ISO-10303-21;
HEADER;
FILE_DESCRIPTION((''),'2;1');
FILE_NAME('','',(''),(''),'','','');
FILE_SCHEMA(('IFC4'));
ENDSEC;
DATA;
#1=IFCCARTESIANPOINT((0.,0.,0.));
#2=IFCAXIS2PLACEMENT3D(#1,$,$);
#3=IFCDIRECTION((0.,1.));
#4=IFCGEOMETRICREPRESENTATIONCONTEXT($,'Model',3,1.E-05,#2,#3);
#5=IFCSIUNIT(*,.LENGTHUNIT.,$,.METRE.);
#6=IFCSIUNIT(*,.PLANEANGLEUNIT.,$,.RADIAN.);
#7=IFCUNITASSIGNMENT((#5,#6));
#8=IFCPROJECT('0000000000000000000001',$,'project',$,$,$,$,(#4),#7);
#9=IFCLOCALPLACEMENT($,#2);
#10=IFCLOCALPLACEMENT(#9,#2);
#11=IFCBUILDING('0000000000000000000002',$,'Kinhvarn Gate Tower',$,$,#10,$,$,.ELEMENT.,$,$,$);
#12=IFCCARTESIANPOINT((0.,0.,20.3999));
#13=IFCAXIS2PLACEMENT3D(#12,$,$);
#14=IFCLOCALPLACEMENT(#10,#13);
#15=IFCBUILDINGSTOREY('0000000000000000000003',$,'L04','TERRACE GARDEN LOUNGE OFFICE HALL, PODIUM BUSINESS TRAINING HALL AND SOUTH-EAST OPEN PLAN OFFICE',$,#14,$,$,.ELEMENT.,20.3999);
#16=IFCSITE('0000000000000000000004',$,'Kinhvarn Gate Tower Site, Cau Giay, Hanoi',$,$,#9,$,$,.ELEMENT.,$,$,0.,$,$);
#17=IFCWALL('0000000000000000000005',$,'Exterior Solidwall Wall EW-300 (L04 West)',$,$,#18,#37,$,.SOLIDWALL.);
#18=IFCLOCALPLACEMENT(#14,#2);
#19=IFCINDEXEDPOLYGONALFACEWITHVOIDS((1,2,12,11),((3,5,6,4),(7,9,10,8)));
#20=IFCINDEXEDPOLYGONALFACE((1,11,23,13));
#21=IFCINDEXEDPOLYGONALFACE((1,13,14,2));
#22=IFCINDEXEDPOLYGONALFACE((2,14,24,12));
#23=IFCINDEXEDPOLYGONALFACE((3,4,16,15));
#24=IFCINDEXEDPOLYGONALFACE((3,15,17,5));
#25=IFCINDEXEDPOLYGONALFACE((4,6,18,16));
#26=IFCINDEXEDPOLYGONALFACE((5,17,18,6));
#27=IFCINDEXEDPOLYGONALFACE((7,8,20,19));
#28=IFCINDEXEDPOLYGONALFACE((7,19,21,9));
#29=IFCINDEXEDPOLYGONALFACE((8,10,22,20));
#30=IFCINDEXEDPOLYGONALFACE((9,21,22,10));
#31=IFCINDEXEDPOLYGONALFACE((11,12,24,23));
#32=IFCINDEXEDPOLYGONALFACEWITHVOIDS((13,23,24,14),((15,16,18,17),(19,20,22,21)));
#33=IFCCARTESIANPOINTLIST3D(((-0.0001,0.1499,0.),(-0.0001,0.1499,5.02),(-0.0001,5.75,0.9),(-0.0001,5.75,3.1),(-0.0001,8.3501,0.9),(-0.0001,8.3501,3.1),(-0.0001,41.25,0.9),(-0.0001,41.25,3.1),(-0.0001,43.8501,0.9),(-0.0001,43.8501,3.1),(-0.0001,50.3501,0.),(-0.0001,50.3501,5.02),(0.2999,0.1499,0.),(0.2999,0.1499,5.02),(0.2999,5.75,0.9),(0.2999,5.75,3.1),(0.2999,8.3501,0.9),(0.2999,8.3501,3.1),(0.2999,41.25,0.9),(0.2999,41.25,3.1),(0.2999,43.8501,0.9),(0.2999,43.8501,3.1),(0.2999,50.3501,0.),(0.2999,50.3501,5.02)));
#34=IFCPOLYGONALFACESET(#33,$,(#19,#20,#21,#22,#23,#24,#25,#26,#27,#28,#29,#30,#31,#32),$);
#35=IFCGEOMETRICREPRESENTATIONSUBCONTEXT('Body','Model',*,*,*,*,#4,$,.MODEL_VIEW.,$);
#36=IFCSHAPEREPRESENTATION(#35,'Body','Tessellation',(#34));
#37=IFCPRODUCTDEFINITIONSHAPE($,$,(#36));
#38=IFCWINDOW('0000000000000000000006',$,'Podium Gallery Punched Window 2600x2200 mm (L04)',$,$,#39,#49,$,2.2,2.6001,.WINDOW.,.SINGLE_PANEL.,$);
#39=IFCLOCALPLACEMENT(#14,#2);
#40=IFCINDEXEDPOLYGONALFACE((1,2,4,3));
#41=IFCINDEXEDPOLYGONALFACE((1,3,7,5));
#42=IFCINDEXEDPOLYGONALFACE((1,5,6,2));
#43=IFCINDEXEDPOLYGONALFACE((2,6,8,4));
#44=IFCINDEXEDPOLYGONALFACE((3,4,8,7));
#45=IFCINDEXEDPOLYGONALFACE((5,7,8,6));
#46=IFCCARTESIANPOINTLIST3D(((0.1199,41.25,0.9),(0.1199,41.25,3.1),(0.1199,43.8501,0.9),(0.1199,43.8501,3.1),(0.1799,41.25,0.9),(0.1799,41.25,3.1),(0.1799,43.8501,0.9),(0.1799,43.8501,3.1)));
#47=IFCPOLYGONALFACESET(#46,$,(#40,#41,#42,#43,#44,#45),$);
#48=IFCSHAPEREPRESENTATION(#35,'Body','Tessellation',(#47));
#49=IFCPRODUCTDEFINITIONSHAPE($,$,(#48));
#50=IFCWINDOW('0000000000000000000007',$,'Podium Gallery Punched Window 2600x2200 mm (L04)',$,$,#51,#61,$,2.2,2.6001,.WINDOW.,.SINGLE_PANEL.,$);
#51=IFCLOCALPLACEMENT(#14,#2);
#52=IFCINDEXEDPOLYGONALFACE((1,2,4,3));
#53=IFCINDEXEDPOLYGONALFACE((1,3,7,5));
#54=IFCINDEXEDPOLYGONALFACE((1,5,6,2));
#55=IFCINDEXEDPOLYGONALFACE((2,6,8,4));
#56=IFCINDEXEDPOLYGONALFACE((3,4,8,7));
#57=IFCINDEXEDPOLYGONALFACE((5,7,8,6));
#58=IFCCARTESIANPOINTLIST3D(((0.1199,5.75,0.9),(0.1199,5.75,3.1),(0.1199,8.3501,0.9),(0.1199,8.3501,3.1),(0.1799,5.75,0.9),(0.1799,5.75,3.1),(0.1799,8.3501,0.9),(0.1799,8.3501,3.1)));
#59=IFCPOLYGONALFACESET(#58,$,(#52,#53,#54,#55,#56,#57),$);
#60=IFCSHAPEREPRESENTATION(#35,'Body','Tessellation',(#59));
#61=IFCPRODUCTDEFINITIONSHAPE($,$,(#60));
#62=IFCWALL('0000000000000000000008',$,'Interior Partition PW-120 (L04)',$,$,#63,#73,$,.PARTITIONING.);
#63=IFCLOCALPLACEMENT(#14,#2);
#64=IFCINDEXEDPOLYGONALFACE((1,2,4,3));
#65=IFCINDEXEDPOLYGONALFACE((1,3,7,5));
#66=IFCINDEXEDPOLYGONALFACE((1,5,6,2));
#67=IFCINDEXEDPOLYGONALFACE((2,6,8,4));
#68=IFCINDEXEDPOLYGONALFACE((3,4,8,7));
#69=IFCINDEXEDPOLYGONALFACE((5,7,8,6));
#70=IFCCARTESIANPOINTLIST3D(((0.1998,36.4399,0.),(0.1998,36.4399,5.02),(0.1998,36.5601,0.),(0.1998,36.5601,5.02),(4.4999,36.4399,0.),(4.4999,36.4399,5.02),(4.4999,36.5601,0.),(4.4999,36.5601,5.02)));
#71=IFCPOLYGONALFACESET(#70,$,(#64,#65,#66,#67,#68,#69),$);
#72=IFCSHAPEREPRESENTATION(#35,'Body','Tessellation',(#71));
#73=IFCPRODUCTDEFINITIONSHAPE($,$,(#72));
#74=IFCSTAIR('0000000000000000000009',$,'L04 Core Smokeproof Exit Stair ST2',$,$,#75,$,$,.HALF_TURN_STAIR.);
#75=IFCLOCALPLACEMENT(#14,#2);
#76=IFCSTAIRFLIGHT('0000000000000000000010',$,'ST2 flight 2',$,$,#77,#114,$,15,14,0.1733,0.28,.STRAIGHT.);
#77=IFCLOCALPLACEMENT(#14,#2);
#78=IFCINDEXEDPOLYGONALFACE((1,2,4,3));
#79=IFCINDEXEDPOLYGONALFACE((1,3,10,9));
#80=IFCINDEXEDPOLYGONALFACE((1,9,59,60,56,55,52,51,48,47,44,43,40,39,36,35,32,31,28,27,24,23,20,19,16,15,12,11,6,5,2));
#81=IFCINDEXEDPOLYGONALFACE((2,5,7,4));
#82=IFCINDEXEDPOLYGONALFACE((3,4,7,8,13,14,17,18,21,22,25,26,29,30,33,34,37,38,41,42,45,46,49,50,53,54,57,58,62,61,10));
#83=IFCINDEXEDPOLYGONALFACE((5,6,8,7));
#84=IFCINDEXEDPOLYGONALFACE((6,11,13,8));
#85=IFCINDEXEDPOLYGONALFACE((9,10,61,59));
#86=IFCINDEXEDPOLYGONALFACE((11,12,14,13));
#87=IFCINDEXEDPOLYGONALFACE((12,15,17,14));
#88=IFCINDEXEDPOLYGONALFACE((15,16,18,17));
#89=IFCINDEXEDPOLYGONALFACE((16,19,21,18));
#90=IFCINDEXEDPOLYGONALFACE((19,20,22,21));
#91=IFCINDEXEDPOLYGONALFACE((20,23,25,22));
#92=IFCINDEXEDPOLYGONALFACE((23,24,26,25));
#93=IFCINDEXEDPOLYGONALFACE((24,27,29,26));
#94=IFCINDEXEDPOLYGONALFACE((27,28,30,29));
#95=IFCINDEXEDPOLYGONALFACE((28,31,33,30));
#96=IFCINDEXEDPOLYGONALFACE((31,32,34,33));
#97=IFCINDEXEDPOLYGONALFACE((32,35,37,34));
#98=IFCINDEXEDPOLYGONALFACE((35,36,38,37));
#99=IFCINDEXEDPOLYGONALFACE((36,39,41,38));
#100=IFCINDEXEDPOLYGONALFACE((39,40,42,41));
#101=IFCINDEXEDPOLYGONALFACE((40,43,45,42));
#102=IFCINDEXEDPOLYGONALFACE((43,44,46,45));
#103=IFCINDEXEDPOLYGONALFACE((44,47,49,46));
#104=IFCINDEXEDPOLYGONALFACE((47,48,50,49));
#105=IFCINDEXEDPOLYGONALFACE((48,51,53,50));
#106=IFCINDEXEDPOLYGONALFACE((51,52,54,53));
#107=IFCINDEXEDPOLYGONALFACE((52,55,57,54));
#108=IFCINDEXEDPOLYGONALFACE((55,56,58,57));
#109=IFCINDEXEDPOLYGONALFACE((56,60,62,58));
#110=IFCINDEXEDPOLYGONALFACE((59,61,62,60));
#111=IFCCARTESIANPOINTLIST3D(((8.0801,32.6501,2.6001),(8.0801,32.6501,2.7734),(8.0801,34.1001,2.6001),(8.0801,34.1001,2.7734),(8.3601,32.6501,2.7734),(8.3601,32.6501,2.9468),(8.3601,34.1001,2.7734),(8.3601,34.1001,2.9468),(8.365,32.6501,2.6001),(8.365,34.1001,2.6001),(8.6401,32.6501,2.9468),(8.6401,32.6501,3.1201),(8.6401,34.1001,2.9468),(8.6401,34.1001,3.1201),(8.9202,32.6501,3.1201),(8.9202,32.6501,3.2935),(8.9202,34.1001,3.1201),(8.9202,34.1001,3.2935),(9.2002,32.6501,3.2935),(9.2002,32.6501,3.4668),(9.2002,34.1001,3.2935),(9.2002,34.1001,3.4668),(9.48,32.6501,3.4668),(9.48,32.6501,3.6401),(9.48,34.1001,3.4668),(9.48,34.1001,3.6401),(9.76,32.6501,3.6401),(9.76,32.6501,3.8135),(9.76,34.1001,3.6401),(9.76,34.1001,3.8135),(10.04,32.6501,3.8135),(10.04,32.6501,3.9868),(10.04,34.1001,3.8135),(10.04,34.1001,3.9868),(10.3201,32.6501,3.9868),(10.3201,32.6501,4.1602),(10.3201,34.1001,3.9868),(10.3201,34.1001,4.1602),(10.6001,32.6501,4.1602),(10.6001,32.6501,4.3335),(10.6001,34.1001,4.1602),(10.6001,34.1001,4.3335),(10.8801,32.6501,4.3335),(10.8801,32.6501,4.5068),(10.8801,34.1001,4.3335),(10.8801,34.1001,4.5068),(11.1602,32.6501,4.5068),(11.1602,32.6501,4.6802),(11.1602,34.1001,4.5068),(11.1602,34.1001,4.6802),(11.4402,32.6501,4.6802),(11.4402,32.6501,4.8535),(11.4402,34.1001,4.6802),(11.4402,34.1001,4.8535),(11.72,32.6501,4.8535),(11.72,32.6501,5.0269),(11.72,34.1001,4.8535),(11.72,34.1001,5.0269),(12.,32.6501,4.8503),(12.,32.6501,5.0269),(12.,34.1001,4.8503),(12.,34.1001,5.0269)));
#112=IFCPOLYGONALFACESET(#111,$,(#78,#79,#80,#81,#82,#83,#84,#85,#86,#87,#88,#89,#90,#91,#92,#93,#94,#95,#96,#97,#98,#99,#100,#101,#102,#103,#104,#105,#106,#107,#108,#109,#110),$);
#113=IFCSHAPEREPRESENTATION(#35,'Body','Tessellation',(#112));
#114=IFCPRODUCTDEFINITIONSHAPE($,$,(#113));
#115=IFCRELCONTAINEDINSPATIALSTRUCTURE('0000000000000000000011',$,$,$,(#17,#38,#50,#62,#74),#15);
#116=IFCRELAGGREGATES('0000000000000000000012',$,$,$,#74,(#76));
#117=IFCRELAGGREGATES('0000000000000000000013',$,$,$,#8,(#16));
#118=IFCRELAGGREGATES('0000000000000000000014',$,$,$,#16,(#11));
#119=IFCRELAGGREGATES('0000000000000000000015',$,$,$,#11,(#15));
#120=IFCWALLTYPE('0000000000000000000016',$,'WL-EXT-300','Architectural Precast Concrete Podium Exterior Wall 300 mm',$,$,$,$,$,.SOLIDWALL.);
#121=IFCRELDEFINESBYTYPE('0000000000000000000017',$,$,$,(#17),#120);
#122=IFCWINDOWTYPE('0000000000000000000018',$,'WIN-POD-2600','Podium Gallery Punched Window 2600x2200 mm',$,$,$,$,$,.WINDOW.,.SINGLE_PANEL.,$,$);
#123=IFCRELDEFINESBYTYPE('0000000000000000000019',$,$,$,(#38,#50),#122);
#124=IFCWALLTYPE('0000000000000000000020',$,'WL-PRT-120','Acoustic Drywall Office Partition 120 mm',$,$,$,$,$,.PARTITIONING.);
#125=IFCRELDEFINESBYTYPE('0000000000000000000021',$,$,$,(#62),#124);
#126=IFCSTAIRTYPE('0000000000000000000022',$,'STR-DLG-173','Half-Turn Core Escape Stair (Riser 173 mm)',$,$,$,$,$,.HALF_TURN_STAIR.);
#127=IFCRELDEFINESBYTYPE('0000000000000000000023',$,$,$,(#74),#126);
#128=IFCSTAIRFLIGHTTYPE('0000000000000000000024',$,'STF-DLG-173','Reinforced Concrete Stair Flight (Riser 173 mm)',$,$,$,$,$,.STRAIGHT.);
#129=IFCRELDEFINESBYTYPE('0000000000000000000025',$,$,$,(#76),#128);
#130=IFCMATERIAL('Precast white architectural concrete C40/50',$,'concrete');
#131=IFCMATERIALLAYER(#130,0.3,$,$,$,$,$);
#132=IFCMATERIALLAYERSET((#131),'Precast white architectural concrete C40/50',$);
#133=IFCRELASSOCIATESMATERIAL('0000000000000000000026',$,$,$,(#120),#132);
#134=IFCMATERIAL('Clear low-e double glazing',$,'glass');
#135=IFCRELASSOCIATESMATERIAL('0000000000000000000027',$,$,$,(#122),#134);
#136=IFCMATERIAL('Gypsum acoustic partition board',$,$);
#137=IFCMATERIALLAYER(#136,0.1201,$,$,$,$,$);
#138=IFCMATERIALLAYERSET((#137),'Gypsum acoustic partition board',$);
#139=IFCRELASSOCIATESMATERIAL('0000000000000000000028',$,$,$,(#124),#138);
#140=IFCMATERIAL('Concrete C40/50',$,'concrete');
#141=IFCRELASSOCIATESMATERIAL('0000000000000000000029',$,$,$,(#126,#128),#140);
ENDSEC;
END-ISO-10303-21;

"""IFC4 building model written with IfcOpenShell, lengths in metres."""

from ifc_helpers import new_model, si_unit, direction, frame, frame_2d, origin, place, context, subcontext, project, spatial, polyline, rectangle, outline, extrude, material, layer, layer_set, type_object, element, fill, aggregate, save


model = new_model("IFC4")

# Units and contexts
model_context = context("Model", 3, precision=1e-05, world=origin(), true_north=direction((0.0, 1.0)))
body_context = subcontext(model_context, "Body", "Model", "MODEL_VIEW")
ifc_project = project(units=[si_unit("LENGTHUNIT", "METRE"), si_unit("PLANEANGLEUNIT", "RADIAN")], contexts=[model_context])

# Site, building, storey
site_placement = place(None, origin())
site = spatial("IfcSite", under=ifc_project, at=site_placement, Name="Kinhvarn Gate Tower Site, Cau Giay, Hanoi", CompositionType="ELEMENT", RefElevation=0.0)
building_placement = place(site_placement, origin())
building = spatial("IfcBuilding", under=site, at=building_placement, Name="Kinhvarn Gate Tower", CompositionType="ELEMENT")
storey_placement = place(building_placement, frame((0.0, 0.0, 20.3999)))
storey = spatial("IfcBuildingStorey", under=building, at=storey_placement, Name="L04", Description="TERRACE GARDEN LOUNGE OFFICE HALL, PODIUM BUSINESS TRAINING HALL AND SOUTH-EAST OPEN PLAN OFFICE", CompositionType="ELEMENT", Elevation=20.3999)

# Shared definitions
ifc_material_1 = material(Name="Clear low-e double glazing", Category="glass")

# Wall, openings, windows
ifc_material_2 = material(Name="Precast white architectural concrete C40/50", Category="concrete")
ifc_layer_1 = layer(ifc_material_2, 0.3)
ifc_layer_set_1 = layer_set([ifc_layer_1], Name="Precast white architectural concrete C40/50")
wall_type_1 = type_object("IfcWallType", Name="WL-EXT-300", Description="Architectural Precast Concrete Podium Exterior Wall 300 mm", PredefinedType="SOLIDWALL", material=ifc_layer_set_1)
wall_1_placement = place(storey_placement, frame((0.1499, 50.3501, 0.0), z_axis=(0.0, 0.0, 1.0), x_axis=(0.0, -1.0, 0.0)))
wall_1 = element("IfcWall", 1, at=wall_1_placement, inside=storey, type_object=wall_type_1, Name="Exterior Solidwall Wall EW-300 (L04 West)", PredefinedType="SOLIDWALL", context=body_context, shape_type="SweptSolid", body=[
    extrude(rectangle(XDim=50.2002, YDim=0.3, at=frame_2d((25.1001, 0.0))), origin(), (0.0, 0.0, 1.0), 5.02),
])
opening_1_placement = place(wall_1_placement, frame((6.5, 0.0, 0.8999)))
opening_1 = element("IfcOpeningElement", 2, at=opening_1_placement, cuts=wall_1, PredefinedType="OPENING", context=body_context, shape_type="SweptSolid", body=[
    extrude(rectangle(XDim=2.6001, YDim=2.2, at=frame_2d((1.3, 1.1001))), frame((0.0, 0.1602, 0.0), z_axis=(0.0, -1.0, 0.0), x_axis=(1.0, 0.0, 0.0)), (0.0, 0.0, 1.0), 0.3201),
])
opening_2_placement = place(wall_1_placement, frame((42.0, 0.0, 0.8999)))
opening_2 = element("IfcOpeningElement", 3, at=opening_2_placement, cuts=wall_1, PredefinedType="OPENING", context=body_context, shape_type="SweptSolid", body=[
    extrude(rectangle(XDim=2.6001, YDim=2.2, at=frame_2d((1.3, 1.1001))), frame((0.0, 0.1602, 0.0), z_axis=(0.0, -1.0, 0.0), x_axis=(1.0, 0.0, 0.0)), (0.0, 0.0, 1.0), 0.3201),
])
window_type = type_object("IfcWindowType", Name="WIN-POD-2600", Description="Podium Gallery Punched Window 2600x2200 mm", PartitioningType="SINGLE_PANEL", PredefinedType="WINDOW", material=ifc_material_1)
window_1_placement = place(opening_1_placement, origin())
window_1 = element("IfcWindow", 4, at=window_1_placement, inside=storey, type_object=window_type, Name="Podium Gallery Punched Window 2600x2200 mm (L04)", OverallHeight=2.2, OverallWidth=2.6001, PartitioningType="SINGLE_PANEL", PredefinedType="WINDOW", context=body_context, shape_type="SweptSolid", body=[
    extrude(rectangle(XDim=2.6001, YDim=2.2, at=frame_2d((1.3, 1.1001))), frame((0.0, 0.03, 0.0), z_axis=(0.0, -1.0, 0.0), x_axis=(1.0, 0.0, 0.0)), (0.0, 0.0, 1.0), 0.0601),
])
fill(opening_1, window_1)
window_2_placement = place(opening_2_placement, origin())
window_2 = element("IfcWindow", 5, at=window_2_placement, inside=storey, type_object=window_type, Name="Podium Gallery Punched Window 2600x2200 mm (L04)", OverallHeight=2.2, OverallWidth=2.6001, PartitioningType="SINGLE_PANEL", PredefinedType="WINDOW", context=body_context, shape_type="SweptSolid", body=[
    extrude(rectangle(XDim=2.6001, YDim=2.2, at=frame_2d((1.3, 1.1001))), frame((0.0, 0.03, 0.0), z_axis=(0.0, -1.0, 0.0), x_axis=(1.0, 0.0, 0.0)), (0.0, 0.0, 1.0), 0.0601),
])
fill(opening_2, window_2)

# Wall
ifc_material_3 = material(Name="Gypsum acoustic partition board")
ifc_layer_2 = layer(ifc_material_3, 0.1201)
ifc_layer_set_2 = layer_set([ifc_layer_2], Name="Gypsum acoustic partition board")
wall_type_2 = type_object("IfcWallType", Name="WL-PRT-120", Description="Acoustic Drywall Office Partition 120 mm", PredefinedType="PARTITIONING", material=ifc_layer_set_2)
wall_2_placement = place(storey_placement, frame((0.2, 36.5, 0.0), z_axis=(0.0, 0.0, 1.0), x_axis=(1.0, 0.0, 0.0)))
element("IfcWall", 6, at=wall_2_placement, inside=storey, type_object=wall_type_2, Name="Interior Partition PW-120 (L04)", PredefinedType="PARTITIONING", context=body_context, shape_type="SweptSolid", body=[
    extrude(rectangle(XDim=4.3, YDim=0.1201, at=frame_2d((2.1499, 0.0))), origin(), (0.0, 0.0, 1.0), 5.02),
])

# Stair, stair flight
ifc_material_4 = material(Name="Concrete C40/50", Category="concrete")
stair_type = type_object("IfcStairType", Name="STR-DLG-173", Description="Half-Turn Core Escape Stair (Riser 173 mm)", PredefinedType="HALF_TURN_STAIR", material=ifc_material_4)
stair_placement = place(storey_placement, origin())
stair = element("IfcStair", 7, at=stair_placement, inside=storey, type_object=stair_type, Name="L04 Core Smokeproof Exit Stair ST2", PredefinedType="HALF_TURN_STAIR")
stair_flight_type = type_object("IfcStairFlightType", Name="STF-DLG-173", Description="Reinforced Concrete Stair Flight (Riser 173 mm)", PredefinedType="STRAIGHT", material=ifc_material_4)
stair_flight_placement = place(storey_placement, frame((8.0801, 33.375, 2.6001), z_axis=(0.0, 0.0, 1.0), x_axis=(1.0, 0.0, 0.0)))
stair_flight = element("IfcStairFlight", 8, at=stair_flight_placement, type_object=stair_flight_type, Name="ST2 flight 2", NumberOfRisers=15, NumberOfTreads=14, PredefinedType="STRAIGHT", RiserHeight=0.1733, TreadLength=0.28, context=body_context, shape_type="SweptSolid", body=[
    extrude(outline(polyline([(0.0, 0.0), (0.0, 0.1733), (0.28, 0.1733), (0.28, 0.3467), (0.5601, 0.3467), (0.5601, 0.52), (0.8401, 0.52), (0.8401, 0.6934), (1.1201, 0.6934), (1.1201, 0.8667), (1.3999, 0.8667), (1.3999, 1.04), (1.6799, 1.04), (1.6799, 1.2134), (1.96, 1.2134), (1.96, 1.3867), (2.24, 1.3867), (2.24, 1.5601), (2.52, 1.5601), (2.52, 1.7334), (2.8, 1.7334), (2.8, 1.9067), (3.0801, 1.9067), (3.0801, 2.0801), (3.3601, 2.0801), (3.3601, 2.2534), (3.6399, 2.2534), (3.6399, 2.4268), (3.9199, 2.4268), (3.9199, 2.6001), (3.9199, 2.2502), (0.2849, 0.0), (0.0, 0.0)])), frame((0.0, 0.7251, 0.0), z_axis=(0.0, -1.0, 0.0), x_axis=(1.0, 0.0, 0.0)), (0.0, 0.0, 1.0), 1.45),
])
aggregate(stair, [stair_flight])

save(model, "model.ifc")
